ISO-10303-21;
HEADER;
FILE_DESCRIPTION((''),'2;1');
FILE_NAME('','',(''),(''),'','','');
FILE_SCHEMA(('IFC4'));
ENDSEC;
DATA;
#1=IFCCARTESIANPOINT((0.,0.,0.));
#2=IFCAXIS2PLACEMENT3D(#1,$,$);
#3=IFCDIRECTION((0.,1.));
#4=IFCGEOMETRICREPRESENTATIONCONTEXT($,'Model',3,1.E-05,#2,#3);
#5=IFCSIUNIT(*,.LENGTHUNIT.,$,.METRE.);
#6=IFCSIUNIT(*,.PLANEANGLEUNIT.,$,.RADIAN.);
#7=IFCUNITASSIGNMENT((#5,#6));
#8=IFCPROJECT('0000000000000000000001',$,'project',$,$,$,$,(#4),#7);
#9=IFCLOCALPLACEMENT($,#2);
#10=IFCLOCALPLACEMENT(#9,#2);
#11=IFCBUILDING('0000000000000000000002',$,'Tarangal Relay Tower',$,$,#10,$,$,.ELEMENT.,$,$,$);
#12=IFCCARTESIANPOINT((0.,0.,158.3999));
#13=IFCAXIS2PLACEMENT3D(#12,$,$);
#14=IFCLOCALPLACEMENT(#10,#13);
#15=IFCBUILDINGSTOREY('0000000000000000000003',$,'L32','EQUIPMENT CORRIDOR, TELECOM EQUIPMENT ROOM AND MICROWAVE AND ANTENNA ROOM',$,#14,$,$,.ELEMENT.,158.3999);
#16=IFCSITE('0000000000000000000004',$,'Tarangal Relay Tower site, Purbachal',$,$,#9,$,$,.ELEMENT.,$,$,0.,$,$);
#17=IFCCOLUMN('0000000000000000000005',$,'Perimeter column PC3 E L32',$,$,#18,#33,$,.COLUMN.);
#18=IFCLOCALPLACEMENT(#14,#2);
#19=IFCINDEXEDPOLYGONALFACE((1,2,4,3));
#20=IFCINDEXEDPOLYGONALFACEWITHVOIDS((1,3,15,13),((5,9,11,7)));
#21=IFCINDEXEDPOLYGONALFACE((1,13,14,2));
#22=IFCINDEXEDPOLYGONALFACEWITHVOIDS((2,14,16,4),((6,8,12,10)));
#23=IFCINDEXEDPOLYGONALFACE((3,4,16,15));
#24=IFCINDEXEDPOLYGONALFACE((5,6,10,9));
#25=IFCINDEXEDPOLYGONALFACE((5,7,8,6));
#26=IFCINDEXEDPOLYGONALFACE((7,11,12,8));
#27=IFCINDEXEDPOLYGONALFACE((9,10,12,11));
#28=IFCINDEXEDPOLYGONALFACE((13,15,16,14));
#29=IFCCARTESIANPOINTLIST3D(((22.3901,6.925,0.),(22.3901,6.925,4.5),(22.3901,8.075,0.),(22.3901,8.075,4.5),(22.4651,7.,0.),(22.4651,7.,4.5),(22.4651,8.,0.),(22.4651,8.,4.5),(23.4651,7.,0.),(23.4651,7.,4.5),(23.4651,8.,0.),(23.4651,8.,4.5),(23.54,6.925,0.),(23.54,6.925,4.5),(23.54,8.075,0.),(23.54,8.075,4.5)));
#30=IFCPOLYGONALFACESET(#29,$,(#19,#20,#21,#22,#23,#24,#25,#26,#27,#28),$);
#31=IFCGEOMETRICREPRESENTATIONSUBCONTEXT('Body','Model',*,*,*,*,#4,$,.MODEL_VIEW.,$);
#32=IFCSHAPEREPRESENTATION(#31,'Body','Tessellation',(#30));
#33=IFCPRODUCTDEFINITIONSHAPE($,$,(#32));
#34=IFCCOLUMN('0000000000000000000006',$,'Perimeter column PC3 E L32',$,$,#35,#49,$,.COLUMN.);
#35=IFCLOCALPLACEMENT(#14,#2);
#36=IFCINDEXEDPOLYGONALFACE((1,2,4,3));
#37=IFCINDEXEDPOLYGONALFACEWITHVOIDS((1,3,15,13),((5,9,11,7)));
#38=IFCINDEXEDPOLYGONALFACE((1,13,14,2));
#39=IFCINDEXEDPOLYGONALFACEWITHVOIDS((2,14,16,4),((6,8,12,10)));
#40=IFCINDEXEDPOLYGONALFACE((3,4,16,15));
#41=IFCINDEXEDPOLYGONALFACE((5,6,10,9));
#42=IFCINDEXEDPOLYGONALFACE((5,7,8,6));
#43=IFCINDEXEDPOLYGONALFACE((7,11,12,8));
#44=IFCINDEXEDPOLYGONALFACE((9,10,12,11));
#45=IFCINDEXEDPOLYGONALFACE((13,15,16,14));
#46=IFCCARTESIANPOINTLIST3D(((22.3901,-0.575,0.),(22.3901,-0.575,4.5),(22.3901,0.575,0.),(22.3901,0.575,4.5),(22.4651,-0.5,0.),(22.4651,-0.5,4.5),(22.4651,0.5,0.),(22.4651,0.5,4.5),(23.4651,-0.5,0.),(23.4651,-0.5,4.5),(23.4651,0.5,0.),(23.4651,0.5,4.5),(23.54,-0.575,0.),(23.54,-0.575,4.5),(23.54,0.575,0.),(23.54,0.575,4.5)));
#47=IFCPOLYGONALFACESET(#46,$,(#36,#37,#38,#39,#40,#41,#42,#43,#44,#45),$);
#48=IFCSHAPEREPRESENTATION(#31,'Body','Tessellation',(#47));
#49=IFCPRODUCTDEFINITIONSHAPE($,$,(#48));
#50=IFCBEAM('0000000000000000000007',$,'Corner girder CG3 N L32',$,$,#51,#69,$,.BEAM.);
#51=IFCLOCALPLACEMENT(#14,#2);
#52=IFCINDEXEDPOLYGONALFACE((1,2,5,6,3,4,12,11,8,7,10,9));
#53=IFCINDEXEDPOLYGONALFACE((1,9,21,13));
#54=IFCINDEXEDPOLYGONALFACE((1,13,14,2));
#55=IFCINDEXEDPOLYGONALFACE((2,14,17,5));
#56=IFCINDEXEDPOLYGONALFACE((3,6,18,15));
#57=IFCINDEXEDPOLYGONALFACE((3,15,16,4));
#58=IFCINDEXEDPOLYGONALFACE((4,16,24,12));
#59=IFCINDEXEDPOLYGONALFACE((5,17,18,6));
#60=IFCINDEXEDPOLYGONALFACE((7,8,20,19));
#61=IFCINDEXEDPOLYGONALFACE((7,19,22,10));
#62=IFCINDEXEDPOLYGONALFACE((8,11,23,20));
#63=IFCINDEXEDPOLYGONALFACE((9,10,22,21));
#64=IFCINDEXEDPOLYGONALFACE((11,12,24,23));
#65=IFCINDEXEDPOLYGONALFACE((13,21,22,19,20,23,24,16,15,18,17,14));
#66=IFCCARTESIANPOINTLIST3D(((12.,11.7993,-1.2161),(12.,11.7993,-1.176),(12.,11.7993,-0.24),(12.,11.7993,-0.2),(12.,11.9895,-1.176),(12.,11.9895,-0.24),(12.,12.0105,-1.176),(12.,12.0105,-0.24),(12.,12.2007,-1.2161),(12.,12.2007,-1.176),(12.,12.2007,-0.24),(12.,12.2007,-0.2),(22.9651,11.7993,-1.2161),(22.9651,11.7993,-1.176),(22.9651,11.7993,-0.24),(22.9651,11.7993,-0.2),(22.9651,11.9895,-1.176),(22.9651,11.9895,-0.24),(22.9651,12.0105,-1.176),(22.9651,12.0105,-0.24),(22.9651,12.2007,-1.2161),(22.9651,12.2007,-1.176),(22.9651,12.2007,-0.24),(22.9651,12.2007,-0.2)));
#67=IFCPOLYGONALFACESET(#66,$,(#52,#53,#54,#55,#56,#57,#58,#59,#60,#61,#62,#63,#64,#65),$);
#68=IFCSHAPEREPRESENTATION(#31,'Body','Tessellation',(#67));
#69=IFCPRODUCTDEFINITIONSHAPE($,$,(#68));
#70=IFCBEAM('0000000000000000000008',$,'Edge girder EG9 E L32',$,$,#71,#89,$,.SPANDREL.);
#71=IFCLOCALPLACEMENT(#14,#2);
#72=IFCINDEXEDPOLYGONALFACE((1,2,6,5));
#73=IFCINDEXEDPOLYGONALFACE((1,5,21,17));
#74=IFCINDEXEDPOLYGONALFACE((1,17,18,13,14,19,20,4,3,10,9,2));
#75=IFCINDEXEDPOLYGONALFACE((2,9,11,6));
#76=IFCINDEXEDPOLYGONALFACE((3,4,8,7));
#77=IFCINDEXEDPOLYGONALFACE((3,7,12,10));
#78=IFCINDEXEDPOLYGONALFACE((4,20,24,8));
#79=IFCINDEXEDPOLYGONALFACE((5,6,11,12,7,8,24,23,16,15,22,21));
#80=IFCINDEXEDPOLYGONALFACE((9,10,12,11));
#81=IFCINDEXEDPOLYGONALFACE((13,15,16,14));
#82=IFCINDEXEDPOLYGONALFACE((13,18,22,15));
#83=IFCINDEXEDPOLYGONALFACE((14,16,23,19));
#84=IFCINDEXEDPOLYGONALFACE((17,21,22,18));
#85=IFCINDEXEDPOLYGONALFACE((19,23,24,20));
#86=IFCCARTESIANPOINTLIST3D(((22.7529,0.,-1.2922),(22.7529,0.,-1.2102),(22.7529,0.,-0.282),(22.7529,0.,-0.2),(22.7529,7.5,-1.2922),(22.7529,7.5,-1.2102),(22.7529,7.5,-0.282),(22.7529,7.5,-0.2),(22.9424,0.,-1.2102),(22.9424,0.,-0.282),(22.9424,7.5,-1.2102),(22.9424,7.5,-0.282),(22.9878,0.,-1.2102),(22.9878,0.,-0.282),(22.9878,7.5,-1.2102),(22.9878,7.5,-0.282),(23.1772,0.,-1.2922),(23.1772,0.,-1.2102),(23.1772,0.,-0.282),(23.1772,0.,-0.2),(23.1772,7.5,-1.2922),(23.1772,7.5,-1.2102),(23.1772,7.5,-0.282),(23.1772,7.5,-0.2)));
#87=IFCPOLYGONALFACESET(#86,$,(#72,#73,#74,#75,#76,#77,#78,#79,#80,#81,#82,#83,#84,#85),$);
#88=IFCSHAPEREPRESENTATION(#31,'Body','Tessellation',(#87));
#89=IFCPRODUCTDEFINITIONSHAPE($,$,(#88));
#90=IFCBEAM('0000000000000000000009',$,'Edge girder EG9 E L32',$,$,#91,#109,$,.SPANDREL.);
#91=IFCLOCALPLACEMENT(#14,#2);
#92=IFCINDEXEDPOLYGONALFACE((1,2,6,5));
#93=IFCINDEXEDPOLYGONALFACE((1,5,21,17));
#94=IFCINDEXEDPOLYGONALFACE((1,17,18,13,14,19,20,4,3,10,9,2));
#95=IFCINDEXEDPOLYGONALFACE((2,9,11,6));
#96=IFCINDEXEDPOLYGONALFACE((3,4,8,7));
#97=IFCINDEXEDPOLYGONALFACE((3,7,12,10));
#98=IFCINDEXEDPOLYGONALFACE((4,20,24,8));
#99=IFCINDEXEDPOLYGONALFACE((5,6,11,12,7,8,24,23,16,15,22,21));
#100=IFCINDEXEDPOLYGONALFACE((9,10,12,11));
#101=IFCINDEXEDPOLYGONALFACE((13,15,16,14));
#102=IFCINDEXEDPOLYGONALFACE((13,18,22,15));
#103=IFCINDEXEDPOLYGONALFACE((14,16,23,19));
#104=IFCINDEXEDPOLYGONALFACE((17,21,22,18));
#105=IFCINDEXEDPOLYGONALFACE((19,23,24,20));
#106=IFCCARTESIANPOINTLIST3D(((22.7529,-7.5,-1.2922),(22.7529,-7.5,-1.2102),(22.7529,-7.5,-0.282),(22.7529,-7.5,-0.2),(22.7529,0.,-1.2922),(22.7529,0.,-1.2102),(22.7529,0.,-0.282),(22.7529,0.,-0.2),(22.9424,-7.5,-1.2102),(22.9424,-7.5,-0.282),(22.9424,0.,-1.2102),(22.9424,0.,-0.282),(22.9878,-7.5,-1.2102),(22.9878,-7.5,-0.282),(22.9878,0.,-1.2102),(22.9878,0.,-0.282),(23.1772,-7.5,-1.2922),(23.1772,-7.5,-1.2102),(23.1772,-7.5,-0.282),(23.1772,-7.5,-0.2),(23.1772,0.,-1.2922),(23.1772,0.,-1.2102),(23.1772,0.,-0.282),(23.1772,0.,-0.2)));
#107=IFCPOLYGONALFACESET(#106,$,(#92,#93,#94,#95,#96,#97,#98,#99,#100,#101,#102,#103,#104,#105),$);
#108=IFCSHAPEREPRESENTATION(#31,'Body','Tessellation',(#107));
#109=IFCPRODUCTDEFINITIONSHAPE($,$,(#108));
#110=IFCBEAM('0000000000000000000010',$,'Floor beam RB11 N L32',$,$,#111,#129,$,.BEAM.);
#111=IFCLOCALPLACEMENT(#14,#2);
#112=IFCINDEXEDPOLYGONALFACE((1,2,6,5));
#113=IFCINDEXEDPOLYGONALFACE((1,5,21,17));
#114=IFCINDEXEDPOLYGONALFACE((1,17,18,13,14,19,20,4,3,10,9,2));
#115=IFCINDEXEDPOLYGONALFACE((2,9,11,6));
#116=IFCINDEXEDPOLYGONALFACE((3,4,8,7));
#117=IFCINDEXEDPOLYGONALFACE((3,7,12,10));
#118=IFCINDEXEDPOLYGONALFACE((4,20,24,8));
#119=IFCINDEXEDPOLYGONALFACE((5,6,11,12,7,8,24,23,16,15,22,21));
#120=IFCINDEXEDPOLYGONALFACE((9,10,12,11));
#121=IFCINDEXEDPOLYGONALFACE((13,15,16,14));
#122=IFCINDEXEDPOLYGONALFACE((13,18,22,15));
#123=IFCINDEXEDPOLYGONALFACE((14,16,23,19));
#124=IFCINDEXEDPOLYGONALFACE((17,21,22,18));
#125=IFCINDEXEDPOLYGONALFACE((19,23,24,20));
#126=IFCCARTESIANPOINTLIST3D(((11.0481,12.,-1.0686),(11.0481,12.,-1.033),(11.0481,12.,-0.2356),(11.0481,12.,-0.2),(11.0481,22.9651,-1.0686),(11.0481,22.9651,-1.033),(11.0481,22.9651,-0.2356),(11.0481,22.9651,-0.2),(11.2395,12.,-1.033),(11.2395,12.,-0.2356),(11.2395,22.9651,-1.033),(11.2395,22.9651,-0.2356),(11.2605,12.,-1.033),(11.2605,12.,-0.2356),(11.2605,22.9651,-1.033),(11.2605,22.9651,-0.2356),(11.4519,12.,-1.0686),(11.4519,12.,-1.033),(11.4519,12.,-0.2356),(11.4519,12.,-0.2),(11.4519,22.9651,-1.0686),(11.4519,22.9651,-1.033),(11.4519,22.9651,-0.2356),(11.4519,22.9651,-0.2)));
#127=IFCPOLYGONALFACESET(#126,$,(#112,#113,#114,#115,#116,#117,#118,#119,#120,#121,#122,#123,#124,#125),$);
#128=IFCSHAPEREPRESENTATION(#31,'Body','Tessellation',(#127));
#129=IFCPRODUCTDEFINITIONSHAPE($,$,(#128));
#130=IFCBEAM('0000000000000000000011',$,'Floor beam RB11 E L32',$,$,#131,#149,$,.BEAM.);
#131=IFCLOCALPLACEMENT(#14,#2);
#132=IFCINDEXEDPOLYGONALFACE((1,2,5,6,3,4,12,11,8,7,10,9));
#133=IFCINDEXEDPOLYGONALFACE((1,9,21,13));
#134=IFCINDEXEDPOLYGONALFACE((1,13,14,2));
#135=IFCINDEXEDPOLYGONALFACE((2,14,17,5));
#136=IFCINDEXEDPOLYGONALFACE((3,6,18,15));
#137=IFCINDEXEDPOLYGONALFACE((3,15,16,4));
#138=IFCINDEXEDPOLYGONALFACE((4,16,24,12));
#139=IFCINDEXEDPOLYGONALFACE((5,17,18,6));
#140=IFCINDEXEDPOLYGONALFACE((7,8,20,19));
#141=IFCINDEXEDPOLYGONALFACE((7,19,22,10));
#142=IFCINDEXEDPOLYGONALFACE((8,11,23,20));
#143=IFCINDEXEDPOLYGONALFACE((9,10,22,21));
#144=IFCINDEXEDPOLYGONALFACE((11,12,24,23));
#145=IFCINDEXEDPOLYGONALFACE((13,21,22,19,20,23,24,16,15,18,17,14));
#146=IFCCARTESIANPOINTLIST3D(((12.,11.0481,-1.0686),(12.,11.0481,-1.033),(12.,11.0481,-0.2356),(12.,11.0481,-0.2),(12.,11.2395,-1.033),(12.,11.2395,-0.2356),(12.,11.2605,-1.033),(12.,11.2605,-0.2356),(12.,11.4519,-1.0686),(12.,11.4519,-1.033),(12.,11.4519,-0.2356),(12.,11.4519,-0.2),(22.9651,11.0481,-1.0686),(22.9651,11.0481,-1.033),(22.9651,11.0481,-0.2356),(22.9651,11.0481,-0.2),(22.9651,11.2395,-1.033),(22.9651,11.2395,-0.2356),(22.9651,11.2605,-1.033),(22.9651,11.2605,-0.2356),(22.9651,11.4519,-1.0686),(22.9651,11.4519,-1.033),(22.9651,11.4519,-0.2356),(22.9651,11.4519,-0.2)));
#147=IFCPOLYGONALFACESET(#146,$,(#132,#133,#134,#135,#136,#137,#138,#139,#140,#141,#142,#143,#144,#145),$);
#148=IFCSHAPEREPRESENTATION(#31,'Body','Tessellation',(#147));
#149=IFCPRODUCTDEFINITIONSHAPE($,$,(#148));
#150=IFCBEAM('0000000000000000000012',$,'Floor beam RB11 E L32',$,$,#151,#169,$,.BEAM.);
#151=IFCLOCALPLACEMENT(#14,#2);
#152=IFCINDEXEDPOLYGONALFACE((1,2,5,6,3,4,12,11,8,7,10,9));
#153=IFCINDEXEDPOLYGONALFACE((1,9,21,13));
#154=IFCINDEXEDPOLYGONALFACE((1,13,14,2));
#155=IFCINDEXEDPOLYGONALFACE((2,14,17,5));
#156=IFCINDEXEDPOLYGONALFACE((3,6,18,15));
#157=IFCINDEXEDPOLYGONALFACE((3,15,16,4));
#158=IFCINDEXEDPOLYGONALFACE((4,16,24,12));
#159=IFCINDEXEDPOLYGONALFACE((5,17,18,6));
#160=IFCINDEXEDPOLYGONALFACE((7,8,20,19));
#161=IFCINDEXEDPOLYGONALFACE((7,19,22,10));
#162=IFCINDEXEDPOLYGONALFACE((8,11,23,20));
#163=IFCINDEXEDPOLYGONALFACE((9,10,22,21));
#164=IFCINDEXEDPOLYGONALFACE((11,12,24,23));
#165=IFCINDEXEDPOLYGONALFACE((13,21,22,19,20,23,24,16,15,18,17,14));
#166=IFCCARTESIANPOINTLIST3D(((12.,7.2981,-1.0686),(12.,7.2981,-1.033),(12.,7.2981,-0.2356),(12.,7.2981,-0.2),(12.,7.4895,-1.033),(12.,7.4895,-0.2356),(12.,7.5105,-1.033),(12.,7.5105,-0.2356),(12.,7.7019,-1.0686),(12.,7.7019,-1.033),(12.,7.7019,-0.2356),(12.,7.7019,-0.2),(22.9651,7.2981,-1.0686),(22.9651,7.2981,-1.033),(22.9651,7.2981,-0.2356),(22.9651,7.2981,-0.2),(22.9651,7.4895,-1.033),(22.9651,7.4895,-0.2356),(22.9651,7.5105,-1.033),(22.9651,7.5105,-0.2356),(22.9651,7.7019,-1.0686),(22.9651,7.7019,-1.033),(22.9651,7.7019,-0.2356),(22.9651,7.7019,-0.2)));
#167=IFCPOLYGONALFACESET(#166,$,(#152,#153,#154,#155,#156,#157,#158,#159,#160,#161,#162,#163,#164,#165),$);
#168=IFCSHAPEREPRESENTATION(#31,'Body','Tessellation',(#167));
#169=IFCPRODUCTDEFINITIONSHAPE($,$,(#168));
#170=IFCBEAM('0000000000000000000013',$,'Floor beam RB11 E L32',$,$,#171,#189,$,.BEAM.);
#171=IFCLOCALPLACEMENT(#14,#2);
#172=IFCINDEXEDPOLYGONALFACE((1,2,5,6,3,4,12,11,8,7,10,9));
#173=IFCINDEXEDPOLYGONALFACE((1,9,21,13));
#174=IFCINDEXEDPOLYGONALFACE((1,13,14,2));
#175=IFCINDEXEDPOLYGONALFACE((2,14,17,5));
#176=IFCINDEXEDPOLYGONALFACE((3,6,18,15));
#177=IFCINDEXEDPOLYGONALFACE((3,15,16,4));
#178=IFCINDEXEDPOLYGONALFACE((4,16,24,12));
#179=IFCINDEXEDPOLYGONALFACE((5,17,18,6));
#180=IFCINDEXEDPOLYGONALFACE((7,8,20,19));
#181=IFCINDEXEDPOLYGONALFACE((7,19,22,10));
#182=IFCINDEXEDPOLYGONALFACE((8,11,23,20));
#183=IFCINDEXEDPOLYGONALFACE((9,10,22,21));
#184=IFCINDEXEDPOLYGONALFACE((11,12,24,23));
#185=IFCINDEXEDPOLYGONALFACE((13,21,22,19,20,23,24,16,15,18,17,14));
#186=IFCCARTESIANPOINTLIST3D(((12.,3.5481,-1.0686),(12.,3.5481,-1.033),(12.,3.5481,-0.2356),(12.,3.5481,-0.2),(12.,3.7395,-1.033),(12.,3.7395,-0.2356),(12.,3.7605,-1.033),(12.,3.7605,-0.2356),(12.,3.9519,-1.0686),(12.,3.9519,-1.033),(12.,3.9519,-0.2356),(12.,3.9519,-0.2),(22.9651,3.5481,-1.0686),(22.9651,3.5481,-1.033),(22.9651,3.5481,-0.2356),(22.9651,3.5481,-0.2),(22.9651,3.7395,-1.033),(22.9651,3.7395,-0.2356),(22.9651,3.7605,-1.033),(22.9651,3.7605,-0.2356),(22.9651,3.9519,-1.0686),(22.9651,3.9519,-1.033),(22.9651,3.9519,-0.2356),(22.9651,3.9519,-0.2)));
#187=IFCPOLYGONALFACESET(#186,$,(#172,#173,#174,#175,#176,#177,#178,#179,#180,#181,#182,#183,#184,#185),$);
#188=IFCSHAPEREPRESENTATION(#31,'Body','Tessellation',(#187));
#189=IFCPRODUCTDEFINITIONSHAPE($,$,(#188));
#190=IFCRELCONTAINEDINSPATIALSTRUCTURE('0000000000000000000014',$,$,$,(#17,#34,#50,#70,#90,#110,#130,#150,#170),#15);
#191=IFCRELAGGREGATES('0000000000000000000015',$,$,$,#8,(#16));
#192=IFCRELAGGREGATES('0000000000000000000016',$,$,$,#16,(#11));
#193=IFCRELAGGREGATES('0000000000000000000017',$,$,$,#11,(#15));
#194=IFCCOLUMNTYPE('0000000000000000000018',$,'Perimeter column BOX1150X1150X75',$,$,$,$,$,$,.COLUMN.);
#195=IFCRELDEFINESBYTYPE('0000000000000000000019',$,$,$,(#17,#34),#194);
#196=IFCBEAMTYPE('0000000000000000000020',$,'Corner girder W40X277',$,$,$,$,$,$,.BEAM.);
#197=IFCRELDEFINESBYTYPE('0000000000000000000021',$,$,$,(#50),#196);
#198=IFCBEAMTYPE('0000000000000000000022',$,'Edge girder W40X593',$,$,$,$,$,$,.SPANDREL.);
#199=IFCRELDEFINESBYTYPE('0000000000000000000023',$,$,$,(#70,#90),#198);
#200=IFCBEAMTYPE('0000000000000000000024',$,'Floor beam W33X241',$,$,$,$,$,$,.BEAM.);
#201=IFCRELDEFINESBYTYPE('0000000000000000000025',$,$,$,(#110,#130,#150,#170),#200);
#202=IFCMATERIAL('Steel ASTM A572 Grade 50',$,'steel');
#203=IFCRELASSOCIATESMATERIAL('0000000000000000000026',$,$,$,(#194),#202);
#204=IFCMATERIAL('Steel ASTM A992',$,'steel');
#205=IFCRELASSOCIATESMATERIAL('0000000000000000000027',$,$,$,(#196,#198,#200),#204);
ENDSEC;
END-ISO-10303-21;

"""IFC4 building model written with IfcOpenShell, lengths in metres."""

from ifc_helpers import new_model, si_unit, direction, frame, origin, origin_2d, place, context, subcontext, project, spatial, hollow_rectangle, i_section, extrude, material, material_profile, profile_set, type_object, element, save


model = new_model("IFC4")

# Units and contexts
model_context = context("Model", 3, precision=1e-05, world=origin(), true_north=direction((0.0, 1.0)))
body_context = subcontext(model_context, "Body", "Model", "MODEL_VIEW")
ifc_project = project(units=[si_unit("LENGTHUNIT", "METRE"), si_unit("PLANEANGLEUNIT", "RADIAN")], contexts=[model_context])

# Site, building, storey
site_placement = place(None, origin())
site = spatial("IfcSite", under=ifc_project, at=site_placement, Name="Tarangal Relay Tower site, Purbachal", CompositionType="ELEMENT", RefElevation=0.0)
building_placement = place(site_placement, origin())
building = spatial("IfcBuilding", under=site, at=building_placement, Name="Tarangal Relay Tower", CompositionType="ELEMENT")
storey_placement = place(building_placement, frame((0.0, 0.0, 158.3999)))
storey = spatial("IfcBuildingStorey", under=building, at=storey_placement, Name="L32", Description="EQUIPMENT CORRIDOR, TELECOM EQUIPMENT ROOM AND MICROWAVE AND ANTENNA ROOM", CompositionType="ELEMENT", Elevation=158.3999)

# Columns
ifc_material_1 = material(Name="Steel ASTM A572 Grade 50", Category="steel")
ifc_material_profile_1 = material_profile(ifc_material_1, hollow_rectangle(XDim=1.1499, YDim=1.1499, WallThickness=0.075, at=origin_2d()), Name="BOX1150X1150X75")
ifc_profile_set_1 = profile_set([ifc_material_profile_1], Name="Steel ASTM A572 Grade 50")
column_type = type_object("IfcColumnType", Name="Perimeter column BOX1150X1150X75", PredefinedType="COLUMN", material=ifc_profile_set_1)
for number, where, z_axis, x_axis, name in (
    (1, (22.9651, 7.5, 0.0), (0.0, 0.0, 1.0), (1.0, 0.0, 0.0), "Perimeter column PC3 E L32"),
    (2, (22.9651, 0.0, 0.0), (0.0, 0.0, 1.0), (1.0, 0.0, 0.0), "Perimeter column PC3 E L32"),
):
    element("IfcColumn", number, at=place(storey_placement, frame(where, z_axis=z_axis, x_axis=x_axis)), inside=storey, type_object=column_type, Name=name, PredefinedType="COLUMN", context=body_context, shape_type="SweptSolid", body=[
        extrude(hollow_rectangle(XDim=1.1499, YDim=1.1499, WallThickness=0.075, at=origin_2d()), origin(), (0.0, 0.0, 1.0), 4.5),
    ])

# Beams
ifc_material_2 = material(Name="Steel ASTM A992", Category="steel")
ifc_material_profile_2 = material_profile(ifc_material_2, i_section(OverallWidth=0.4014, OverallDepth=1.0161, WebThickness=0.021, FlangeThickness=0.04, at=origin_2d()), Name="W40X277")
ifc_profile_set_2 = profile_set([ifc_material_profile_2], Name="Steel ASTM A992")
beam_type_1 = type_object("IfcBeamType", Name="Corner girder W40X277", PredefinedType="BEAM", material=ifc_profile_set_2)
beam_placement = place(storey_placement, frame((12.0, 12.0, -0.708), z_axis=(1.0, 0.0, 0.0), x_axis=(0.0, 1.0, 0.0)))
element("IfcBeam", 3, at=beam_placement, inside=storey, type_object=beam_type_1, Name="Corner girder CG3 N L32", PredefinedType="BEAM", context=body_context, shape_type="SweptSolid", body=[
    extrude(i_section(OverallWidth=0.4014, OverallDepth=1.0161, WebThickness=0.021, FlangeThickness=0.04, at=origin_2d()), origin(), (0.0, 0.0, 1.0), 10.9651),
])
ifc_material_profile_3 = material_profile(ifc_material_2, i_section(OverallWidth=0.4243, OverallDepth=1.0923, WebThickness=0.0454, FlangeThickness=0.082, at=origin_2d()), Name="W40X593")
ifc_profile_set_3 = profile_set([ifc_material_profile_3], Name="Steel ASTM A992")
beam_type_2 = type_object("IfcBeamType", Name="Edge girder W40X593", PredefinedType="SPANDREL", material=ifc_profile_set_3)
for number, where, z_axis, x_axis, name in (
    (4, (22.9651, 7.5, -0.7461), (0.0, -1.0, 0.0), (1.0, 0.0, 0.0), "Edge girder EG9 E L32"),
    (5, (22.9651, 0.0, -0.7461), (0.0, -1.0, 0.0), (1.0, 0.0, 0.0), "Edge girder EG9 E L32"),
):
    element("IfcBeam", number, at=place(storey_placement, frame(where, z_axis=z_axis, x_axis=x_axis)), inside=storey, type_object=beam_type_2, Name=name, PredefinedType="SPANDREL", context=body_context, shape_type="SweptSolid", body=[
        extrude(i_section(OverallWidth=0.4243, OverallDepth=1.0923, WebThickness=0.0454, FlangeThickness=0.082, at=origin_2d()), origin(), (0.0, 0.0, 1.0), 7.5),
    ])
ifc_material_profile_4 = material_profile(ifc_material_2, i_section(OverallWidth=0.4038, OverallDepth=0.8687, WebThickness=0.021, FlangeThickness=0.0356, at=origin_2d()), Name="W33X241")
ifc_profile_set_4 = profile_set([ifc_material_profile_4], Name="Steel ASTM A992")
beam_type_3 = type_object("IfcBeamType", Name="Floor beam W33X241", PredefinedType="BEAM", material=ifc_profile_set_4)
for number, where, z_axis, x_axis, name in (
    (6, (11.25, 12.0, -0.6343), (0.0, 1.0, 0.0), (-1.0, 0.0, 0.0), "Floor beam RB11 N L32"),
    (7, (12.0, 11.25, -0.6343), (1.0, 0.0, 0.0), (0.0, 1.0, 0.0), "Floor beam RB11 E L32"),
    (8, (12.0, 7.5, -0.6343), (1.0, 0.0, 0.0), (0.0, 1.0, 0.0), "Floor beam RB11 E L32"),
    (9, (12.0, 3.75, -0.6343), (1.0, 0.0, 0.0), (0.0, 1.0, 0.0), "Floor beam RB11 E L32"),
):
    element("IfcBeam", number, at=place(storey_placement, frame(where, z_axis=z_axis, x_axis=x_axis)), inside=storey, type_object=beam_type_3, Name=name, PredefinedType="BEAM", context=body_context, shape_type="SweptSolid", body=[
        extrude(i_section(OverallWidth=0.4038, OverallDepth=0.8687, WebThickness=0.021, FlangeThickness=0.0356, at=origin_2d()), origin(), (0.0, 0.0, 1.0), 10.9651),
    ])

save(model, "model.ifc")
